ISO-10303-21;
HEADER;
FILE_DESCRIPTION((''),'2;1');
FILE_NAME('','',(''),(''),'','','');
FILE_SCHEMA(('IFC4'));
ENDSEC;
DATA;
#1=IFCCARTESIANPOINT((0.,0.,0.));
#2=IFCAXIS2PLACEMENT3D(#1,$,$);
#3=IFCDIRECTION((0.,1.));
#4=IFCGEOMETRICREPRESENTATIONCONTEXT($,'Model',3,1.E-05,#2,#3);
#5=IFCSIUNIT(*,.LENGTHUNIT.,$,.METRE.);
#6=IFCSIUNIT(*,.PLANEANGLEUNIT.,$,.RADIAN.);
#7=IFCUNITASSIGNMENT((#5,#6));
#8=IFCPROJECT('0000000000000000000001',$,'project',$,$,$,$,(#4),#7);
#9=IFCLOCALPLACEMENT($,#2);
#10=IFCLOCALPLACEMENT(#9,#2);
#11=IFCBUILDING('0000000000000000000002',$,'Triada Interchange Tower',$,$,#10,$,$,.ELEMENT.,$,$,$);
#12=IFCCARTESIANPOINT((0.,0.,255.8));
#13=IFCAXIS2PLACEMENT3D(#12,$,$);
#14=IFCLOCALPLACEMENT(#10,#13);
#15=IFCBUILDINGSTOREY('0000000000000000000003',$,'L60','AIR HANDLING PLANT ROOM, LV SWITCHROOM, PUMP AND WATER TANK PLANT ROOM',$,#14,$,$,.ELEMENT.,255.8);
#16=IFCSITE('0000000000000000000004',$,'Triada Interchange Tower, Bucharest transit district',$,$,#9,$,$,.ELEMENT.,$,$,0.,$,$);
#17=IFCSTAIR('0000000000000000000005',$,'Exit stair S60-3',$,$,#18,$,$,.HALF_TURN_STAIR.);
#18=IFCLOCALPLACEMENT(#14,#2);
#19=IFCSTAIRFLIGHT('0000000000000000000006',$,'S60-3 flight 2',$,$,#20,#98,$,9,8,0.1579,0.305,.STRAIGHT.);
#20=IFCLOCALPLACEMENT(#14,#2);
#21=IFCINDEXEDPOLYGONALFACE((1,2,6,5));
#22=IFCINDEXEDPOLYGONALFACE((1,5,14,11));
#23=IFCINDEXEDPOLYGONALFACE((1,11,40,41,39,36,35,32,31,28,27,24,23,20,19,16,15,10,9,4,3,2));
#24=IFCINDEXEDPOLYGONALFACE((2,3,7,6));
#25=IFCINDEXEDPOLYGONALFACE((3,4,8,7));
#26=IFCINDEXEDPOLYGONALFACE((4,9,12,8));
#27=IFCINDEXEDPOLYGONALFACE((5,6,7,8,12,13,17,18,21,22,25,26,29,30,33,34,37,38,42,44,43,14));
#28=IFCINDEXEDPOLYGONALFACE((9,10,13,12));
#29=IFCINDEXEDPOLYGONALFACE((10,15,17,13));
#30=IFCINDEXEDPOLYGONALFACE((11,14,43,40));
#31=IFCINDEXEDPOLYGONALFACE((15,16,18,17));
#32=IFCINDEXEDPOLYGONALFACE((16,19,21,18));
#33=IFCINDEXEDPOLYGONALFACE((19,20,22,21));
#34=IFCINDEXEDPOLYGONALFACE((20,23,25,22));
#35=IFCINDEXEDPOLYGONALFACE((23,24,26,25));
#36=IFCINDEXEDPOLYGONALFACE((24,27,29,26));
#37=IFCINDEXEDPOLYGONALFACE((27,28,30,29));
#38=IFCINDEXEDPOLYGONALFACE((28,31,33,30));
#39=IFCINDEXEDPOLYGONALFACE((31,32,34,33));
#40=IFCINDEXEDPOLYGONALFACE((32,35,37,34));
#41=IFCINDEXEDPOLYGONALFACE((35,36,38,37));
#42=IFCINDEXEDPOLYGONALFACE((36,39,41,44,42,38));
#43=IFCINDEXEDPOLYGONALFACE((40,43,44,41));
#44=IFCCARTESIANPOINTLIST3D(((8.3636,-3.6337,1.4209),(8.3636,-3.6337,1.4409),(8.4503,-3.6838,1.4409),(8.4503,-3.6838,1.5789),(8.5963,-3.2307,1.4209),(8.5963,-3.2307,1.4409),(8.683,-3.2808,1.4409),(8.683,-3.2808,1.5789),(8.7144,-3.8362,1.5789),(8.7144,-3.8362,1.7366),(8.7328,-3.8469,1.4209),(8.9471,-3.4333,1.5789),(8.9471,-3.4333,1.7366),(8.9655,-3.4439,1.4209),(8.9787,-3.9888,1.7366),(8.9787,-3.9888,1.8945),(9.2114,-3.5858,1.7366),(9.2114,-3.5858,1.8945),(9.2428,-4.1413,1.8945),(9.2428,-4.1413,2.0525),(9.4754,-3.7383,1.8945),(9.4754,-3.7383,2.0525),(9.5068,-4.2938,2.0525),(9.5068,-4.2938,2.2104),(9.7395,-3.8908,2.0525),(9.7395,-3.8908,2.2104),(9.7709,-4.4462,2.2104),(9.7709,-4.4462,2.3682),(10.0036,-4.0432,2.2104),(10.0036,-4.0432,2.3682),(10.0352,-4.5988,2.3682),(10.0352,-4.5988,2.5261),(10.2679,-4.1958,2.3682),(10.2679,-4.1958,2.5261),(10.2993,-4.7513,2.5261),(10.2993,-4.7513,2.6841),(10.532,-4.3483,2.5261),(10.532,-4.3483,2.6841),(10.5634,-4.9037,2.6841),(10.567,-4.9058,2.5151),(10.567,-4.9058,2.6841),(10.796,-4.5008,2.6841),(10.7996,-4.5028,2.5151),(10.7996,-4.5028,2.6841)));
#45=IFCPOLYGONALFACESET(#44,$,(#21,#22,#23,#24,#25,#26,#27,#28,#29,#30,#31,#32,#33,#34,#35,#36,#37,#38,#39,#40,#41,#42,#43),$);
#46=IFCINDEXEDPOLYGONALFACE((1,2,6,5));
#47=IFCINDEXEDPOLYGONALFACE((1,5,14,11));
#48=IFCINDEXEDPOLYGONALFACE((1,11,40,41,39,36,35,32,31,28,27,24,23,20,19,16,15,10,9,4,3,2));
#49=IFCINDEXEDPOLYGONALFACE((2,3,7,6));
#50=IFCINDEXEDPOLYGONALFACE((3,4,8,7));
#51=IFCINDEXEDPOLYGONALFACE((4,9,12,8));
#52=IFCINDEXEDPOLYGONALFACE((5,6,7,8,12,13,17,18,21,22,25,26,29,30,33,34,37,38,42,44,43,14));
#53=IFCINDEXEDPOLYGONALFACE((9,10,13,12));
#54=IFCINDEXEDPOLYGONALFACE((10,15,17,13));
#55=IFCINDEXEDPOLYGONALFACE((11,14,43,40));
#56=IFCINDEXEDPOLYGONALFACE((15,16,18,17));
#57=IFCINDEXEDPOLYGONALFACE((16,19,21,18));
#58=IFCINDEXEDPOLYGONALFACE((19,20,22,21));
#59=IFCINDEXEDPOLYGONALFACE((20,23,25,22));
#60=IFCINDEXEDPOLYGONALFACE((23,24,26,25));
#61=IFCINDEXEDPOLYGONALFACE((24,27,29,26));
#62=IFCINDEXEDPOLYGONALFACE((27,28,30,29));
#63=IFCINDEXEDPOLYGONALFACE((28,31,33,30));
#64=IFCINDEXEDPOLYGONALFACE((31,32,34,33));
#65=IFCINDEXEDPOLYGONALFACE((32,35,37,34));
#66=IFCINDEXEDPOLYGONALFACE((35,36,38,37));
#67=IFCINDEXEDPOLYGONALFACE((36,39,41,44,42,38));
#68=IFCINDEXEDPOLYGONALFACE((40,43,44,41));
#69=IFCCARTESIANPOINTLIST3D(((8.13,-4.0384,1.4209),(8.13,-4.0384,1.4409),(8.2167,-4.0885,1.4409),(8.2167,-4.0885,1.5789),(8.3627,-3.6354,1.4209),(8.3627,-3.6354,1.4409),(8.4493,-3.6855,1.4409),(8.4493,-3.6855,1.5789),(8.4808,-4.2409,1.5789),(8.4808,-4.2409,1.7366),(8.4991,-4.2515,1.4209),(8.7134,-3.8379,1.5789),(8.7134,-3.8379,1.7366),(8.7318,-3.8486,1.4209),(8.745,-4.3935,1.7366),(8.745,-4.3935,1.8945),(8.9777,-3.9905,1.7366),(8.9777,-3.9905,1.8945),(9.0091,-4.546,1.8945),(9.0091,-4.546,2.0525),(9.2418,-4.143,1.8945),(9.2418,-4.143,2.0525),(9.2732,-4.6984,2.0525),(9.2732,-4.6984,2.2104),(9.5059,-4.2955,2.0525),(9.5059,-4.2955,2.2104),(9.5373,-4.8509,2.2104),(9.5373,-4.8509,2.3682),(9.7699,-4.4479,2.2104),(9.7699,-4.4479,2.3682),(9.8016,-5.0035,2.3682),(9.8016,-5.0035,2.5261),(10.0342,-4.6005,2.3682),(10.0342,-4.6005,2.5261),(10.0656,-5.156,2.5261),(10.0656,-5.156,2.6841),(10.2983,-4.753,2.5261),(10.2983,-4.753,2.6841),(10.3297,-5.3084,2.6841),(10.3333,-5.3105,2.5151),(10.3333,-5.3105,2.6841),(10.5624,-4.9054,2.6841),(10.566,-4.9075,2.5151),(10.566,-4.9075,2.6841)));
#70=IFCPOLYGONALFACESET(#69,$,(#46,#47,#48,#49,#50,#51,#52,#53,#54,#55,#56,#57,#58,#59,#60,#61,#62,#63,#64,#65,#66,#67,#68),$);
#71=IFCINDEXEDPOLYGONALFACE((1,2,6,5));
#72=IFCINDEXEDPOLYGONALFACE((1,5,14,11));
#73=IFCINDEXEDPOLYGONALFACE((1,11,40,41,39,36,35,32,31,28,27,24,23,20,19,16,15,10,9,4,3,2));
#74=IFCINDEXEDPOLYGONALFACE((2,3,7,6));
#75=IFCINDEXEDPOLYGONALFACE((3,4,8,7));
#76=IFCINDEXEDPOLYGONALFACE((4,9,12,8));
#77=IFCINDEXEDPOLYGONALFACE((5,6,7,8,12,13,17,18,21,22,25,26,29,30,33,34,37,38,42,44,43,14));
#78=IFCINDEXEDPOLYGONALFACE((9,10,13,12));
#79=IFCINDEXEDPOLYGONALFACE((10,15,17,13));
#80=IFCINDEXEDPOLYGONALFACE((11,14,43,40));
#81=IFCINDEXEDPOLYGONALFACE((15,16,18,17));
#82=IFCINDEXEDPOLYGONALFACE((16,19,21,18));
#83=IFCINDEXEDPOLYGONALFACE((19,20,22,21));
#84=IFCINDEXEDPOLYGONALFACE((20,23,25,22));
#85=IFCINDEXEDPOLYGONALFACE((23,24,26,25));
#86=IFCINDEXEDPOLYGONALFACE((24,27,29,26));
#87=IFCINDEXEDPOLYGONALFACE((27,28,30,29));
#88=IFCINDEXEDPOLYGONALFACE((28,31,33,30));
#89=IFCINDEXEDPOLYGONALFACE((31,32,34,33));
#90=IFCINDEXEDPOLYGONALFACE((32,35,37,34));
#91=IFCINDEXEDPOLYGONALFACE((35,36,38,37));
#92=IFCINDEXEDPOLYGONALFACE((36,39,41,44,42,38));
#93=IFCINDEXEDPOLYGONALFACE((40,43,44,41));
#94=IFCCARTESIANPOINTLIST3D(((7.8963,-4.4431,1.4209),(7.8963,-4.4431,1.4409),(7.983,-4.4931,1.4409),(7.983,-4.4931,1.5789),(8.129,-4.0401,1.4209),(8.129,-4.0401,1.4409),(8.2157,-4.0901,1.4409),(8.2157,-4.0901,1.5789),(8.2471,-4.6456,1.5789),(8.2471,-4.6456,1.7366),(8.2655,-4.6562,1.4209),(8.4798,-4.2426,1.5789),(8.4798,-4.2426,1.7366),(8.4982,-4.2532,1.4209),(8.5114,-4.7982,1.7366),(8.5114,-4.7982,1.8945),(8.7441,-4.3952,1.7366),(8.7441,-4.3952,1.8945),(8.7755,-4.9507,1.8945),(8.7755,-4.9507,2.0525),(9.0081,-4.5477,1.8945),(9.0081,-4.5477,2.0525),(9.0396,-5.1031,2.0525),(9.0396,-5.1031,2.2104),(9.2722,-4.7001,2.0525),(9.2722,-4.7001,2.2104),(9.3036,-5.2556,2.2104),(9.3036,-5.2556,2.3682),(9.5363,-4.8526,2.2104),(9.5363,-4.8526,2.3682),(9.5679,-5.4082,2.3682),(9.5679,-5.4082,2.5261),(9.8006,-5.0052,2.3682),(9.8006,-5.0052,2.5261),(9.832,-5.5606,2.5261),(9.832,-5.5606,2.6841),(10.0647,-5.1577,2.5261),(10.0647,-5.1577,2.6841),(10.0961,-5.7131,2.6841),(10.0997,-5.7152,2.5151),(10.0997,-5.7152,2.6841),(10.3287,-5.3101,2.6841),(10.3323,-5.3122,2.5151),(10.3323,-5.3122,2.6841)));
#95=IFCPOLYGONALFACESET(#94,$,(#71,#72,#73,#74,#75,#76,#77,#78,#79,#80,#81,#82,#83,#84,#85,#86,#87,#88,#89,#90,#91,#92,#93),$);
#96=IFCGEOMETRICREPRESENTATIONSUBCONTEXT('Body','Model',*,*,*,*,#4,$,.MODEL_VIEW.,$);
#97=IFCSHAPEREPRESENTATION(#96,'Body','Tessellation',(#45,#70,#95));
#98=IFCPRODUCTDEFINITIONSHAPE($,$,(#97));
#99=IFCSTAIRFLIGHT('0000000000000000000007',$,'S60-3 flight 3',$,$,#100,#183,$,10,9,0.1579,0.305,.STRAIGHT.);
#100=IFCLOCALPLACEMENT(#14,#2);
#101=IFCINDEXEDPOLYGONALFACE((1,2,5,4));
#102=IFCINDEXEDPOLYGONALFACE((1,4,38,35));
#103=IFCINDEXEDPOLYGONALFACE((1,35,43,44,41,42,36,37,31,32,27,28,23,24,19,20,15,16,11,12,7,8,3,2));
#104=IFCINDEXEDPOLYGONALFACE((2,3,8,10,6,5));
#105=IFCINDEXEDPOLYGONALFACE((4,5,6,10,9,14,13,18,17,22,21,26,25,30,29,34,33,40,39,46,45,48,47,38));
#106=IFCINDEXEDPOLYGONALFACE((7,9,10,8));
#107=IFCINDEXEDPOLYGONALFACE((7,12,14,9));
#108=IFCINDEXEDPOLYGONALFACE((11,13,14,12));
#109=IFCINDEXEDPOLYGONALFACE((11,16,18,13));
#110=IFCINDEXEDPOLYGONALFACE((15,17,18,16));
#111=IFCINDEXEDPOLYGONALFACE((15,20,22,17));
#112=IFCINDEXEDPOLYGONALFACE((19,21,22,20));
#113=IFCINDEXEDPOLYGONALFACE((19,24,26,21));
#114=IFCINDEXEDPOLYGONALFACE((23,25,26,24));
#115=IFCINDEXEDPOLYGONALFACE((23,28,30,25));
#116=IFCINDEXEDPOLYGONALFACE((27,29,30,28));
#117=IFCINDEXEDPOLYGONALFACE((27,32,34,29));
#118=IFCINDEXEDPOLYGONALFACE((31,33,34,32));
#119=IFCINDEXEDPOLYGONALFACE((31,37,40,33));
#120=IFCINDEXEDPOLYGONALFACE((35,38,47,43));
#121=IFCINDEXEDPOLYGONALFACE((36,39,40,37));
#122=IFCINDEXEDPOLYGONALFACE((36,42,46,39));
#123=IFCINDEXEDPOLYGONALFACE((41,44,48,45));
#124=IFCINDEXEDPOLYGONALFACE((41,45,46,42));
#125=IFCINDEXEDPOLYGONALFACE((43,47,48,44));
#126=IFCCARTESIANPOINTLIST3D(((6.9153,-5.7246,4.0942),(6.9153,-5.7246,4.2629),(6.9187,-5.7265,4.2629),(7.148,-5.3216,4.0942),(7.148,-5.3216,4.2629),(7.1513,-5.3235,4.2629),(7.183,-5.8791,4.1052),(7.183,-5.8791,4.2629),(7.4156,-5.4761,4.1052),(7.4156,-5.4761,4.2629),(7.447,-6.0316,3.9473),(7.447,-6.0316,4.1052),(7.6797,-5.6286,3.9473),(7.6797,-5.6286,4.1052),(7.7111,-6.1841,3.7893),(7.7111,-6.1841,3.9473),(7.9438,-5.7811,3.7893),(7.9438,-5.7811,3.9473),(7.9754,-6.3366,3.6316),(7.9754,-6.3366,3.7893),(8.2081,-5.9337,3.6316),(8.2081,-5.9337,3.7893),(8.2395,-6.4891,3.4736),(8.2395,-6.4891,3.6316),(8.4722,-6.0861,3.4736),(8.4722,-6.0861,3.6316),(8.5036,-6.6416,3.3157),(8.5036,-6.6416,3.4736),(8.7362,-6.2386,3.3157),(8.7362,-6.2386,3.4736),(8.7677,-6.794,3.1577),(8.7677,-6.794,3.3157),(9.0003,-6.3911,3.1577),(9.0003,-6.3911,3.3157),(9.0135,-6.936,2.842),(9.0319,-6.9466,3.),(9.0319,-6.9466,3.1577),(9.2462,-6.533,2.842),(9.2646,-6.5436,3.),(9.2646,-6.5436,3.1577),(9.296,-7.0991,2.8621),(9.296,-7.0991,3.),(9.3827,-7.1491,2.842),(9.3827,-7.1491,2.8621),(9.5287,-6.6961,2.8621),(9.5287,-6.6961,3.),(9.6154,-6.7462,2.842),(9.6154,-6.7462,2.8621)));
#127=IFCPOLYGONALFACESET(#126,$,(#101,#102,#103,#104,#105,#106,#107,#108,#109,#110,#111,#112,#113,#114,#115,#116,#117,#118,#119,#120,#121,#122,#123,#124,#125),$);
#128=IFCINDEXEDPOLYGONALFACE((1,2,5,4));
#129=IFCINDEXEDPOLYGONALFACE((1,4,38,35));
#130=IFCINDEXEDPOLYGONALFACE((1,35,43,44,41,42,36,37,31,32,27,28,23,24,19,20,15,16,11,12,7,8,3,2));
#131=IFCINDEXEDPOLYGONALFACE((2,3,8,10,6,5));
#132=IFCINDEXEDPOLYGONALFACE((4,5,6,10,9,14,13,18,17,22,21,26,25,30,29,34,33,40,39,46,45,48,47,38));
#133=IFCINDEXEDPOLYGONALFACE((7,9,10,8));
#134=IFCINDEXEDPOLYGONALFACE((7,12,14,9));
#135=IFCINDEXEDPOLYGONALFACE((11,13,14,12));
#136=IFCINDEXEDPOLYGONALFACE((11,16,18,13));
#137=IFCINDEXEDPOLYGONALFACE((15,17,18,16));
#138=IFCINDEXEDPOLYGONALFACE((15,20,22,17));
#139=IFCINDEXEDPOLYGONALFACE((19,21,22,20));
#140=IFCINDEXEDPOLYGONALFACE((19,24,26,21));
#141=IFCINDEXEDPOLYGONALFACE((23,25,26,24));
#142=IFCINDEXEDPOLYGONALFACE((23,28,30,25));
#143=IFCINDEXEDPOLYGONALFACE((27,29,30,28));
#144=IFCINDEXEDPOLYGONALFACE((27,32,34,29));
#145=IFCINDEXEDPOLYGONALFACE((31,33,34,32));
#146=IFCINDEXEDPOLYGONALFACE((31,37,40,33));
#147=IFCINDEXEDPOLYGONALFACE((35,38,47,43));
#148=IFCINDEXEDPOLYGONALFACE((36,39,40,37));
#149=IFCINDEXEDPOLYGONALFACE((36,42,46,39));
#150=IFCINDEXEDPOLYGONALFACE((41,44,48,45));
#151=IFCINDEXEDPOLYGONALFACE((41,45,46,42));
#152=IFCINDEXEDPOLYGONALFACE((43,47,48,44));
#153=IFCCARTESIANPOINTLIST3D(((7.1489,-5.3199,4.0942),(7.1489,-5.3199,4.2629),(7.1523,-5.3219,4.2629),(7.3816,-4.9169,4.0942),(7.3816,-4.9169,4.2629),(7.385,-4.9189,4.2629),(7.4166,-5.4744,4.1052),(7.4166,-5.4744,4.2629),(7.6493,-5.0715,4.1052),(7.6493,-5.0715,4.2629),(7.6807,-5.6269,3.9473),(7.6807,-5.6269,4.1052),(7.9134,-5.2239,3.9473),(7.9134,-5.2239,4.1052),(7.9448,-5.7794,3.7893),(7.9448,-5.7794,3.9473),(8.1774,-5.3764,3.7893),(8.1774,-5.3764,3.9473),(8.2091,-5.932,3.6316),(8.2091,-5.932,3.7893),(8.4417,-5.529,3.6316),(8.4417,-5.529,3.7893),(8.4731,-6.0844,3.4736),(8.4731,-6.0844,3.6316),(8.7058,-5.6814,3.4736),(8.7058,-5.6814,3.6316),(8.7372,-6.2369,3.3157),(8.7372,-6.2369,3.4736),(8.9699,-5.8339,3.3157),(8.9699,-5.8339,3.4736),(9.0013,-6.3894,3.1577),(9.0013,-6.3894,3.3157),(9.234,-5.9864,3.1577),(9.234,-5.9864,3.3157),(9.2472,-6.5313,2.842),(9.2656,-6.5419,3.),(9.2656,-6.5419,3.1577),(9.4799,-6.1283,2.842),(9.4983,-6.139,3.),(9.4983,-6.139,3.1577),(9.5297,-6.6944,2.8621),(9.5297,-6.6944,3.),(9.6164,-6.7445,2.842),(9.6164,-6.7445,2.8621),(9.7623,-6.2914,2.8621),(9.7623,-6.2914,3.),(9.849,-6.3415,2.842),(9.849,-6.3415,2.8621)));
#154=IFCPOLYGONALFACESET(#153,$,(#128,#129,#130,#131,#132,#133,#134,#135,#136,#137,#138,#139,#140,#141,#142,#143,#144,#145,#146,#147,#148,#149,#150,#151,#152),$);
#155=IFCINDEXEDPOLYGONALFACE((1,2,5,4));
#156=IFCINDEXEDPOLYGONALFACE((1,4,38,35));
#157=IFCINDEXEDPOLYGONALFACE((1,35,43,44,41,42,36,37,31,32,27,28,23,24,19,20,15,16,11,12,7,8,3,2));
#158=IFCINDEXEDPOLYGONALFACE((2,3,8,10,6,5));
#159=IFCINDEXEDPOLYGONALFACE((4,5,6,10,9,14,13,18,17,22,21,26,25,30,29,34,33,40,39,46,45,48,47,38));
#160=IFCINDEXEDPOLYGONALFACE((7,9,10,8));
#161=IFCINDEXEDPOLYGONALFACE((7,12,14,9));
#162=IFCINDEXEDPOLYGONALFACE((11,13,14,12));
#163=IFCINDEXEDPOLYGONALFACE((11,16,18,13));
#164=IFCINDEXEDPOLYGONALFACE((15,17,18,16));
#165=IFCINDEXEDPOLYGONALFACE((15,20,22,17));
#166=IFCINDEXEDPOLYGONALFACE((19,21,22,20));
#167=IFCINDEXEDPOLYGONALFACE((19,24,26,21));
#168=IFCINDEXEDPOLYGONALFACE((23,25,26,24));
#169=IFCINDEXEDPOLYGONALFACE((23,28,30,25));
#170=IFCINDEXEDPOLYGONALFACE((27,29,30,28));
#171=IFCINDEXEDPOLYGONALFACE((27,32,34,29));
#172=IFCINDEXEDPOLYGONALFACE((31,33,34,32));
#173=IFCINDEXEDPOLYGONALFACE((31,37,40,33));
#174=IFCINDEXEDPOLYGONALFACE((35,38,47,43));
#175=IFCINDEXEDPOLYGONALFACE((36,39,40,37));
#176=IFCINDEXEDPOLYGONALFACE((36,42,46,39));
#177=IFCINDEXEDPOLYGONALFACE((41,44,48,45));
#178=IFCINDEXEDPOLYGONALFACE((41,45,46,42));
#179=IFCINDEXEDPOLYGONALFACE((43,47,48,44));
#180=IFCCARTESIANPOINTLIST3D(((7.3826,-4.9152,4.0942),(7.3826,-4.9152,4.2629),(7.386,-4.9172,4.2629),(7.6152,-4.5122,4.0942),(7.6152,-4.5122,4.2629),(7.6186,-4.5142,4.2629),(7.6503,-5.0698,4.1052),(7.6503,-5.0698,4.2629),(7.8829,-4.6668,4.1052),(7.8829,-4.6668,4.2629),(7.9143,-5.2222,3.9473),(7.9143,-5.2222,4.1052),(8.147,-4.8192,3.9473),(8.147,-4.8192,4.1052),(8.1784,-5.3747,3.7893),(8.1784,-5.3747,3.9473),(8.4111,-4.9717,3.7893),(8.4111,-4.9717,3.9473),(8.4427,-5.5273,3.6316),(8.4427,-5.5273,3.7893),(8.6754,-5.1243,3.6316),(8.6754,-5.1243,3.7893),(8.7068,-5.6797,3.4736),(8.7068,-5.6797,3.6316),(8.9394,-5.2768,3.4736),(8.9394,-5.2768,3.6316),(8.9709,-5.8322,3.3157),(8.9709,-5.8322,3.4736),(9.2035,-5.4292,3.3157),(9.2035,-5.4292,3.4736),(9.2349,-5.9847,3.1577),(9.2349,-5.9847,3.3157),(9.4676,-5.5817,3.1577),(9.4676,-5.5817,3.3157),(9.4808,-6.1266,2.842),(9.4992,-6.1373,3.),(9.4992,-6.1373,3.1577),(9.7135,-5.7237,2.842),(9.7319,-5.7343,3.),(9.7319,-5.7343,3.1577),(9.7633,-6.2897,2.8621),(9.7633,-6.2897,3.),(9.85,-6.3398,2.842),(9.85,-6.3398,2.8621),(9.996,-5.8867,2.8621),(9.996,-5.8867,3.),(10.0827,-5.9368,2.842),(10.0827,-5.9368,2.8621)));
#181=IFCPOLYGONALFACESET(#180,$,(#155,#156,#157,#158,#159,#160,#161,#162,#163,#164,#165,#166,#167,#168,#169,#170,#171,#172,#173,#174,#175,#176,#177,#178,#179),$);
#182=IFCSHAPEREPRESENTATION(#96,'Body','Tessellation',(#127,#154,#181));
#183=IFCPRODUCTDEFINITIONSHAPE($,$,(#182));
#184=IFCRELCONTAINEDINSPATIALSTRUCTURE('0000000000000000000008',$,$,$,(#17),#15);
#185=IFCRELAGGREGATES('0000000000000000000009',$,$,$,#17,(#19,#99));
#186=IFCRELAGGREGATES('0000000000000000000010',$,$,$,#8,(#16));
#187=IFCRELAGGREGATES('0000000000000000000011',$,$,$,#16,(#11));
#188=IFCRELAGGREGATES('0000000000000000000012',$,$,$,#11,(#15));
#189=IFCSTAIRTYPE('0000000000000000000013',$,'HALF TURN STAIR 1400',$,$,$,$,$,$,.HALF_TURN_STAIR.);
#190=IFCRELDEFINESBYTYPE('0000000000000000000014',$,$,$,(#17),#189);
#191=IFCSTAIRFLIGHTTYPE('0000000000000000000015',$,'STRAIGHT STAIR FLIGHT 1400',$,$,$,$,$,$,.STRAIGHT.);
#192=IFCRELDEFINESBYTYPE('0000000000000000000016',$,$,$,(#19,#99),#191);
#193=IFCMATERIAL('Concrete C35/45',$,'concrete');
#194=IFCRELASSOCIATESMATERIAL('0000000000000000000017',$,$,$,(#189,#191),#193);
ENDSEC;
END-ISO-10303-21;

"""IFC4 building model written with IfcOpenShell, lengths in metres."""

from ifc_helpers import new_model, si_unit, direction, frame, origin, place, context, subcontext, project, spatial, polyline, outline, extrude, material, type_object, element, aggregate, save


model = new_model("IFC4")

# Units and contexts
model_context = context("Model", 3, precision=1e-05, world=origin(), true_north=direction((0.0, 1.0)))
body_context = subcontext(model_context, "Body", "Model", "MODEL_VIEW")
ifc_project = project(units=[si_unit("LENGTHUNIT", "METRE"), si_unit("PLANEANGLEUNIT", "RADIAN")], contexts=[model_context])

# Site, building, storey
site_placement = place(None, origin())
site = spatial("IfcSite", under=ifc_project, at=site_placement, Name="Triada Interchange Tower, Bucharest transit district", CompositionType="ELEMENT", RefElevation=0.0)
building_placement = place(site_placement, origin())
building = spatial("IfcBuilding", under=site, at=building_placement, Name="Triada Interchange Tower", CompositionType="ELEMENT")
storey_placement = place(building_placement, frame((0.0, 0.0, 255.8)))
storey = spatial("IfcBuildingStorey", under=building, at=storey_placement, Name="L60", Description="AIR HANDLING PLANT ROOM, LV SWITCHROOM, PUMP AND WATER TANK PLANT ROOM", CompositionType="ELEMENT", Elevation=255.8)

# Stair, stair flights
ifc_material_1 = material(Name="Concrete C35/45", Category="concrete")
stair_type = type_object("IfcStairType", Name="HALF TURN STAIR 1400", PredefinedType="HALF_TURN_STAIR", material=ifc_material_1)
stair_placement = place(storey_placement, origin())
stair = element("IfcStair", 1, at=stair_placement, inside=storey, type_object=stair_type, Name="Exit stair S60-3", PredefinedType="HALF_TURN_STAIR")
stair_flight_type = type_object("IfcStairFlightType", Name="STRAIGHT STAIR FLIGHT 1400", PredefinedType="STRAIGHT", material=ifc_material_1)
stair_flight_1_placement = place(storey_placement, frame((8.333, -3.887, 1.4209), z_axis=(0.0, 0.0, 1.0), x_axis=(0.866025, -0.5, 0.0)))
stair_flight_1 = element("IfcStairFlight", 2, at=stair_flight_1_placement, type_object=stair_flight_type, Name="S60-3 flight 2", NumberOfRisers=9, NumberOfTreads=8, PredefinedType="STRAIGHT", RiserHeight=0.1579, TreadLength=0.305, context=body_context, shape_type="SweptSolid", body=[
    extrude(outline(polyline([(-0.1001, 0.0), (-0.1001, 0.02), (0.0, 0.02), (0.0, 0.158), (0.3049, 0.158), (0.3049, 0.3157), (0.6101, 0.3157), (0.6101, 0.4736), (0.915, 0.4736), (0.915, 0.6316), (1.22, 0.6316), (1.22, 0.7896), (1.5249, 0.7896), (1.5249, 0.9473), (1.8301, 0.9473), (1.8301, 1.1052), (2.135, 1.1052), (2.135, 1.2632), (2.4399, 1.2632), (2.4441, 1.2632), (2.4441, 1.4209), (2.4441, 1.0942), (0.3262, 0.0), (-0.1001, 0.0)])), frame((0.0, 0.7, 0.0), z_axis=(0.0, -1.0, 0.0), x_axis=(1.0, 0.0, 0.0)), (0.0, 0.0, 1.0), 0.4653),
    extrude(outline(polyline([(-0.1001, 0.0), (-0.1001, 0.02), (0.0, 0.02), (0.0, 0.158), (0.3049, 0.158), (0.3049, 0.3157), (0.6101, 0.3157), (0.6101, 0.4736), (0.915, 0.4736), (0.915, 0.6316), (1.22, 0.6316), (1.22, 0.7896), (1.5249, 0.7896), (1.5249, 0.9473), (1.8301, 0.9473), (1.8301, 1.1052), (2.135, 1.1052), (2.135, 1.2632), (2.4399, 1.2632), (2.4441, 1.2632), (2.4441, 1.4209), (2.4441, 1.0942), (0.3262, 0.0), (-0.1001, 0.0)])), frame((0.0, 0.2327, 0.0), z_axis=(0.0, -1.0, 0.0), x_axis=(1.0, 0.0, 0.0)), (0.0, 0.0, 1.0), 0.4653),
    extrude(outline(polyline([(-0.1001, 0.0), (-0.1001, 0.02), (0.0, 0.02), (0.0, 0.158), (0.3049, 0.158), (0.3049, 0.3157), (0.6101, 0.3157), (0.6101, 0.4736), (0.915, 0.4736), (0.915, 0.6316), (1.22, 0.6316), (1.22, 0.7896), (1.5249, 0.7896), (1.5249, 0.9473), (1.8301, 0.9473), (1.8301, 1.1052), (2.135, 1.1052), (2.135, 1.2632), (2.4399, 1.2632), (2.4441, 1.2632), (2.4441, 1.4209), (2.4441, 1.0942), (0.3262, 0.0), (-0.1001, 0.0)])), frame((0.0, -0.2346, 0.0), z_axis=(0.0, -1.0, 0.0), x_axis=(1.0, 0.0, 0.0)), (0.0, 0.0, 1.0), 0.4653),
])
stair_flight_2_placement = place(storey_placement, frame((9.646, -6.4929, 2.842), z_axis=(0.0, 0.0, 1.0), x_axis=(-0.866025, 0.5, 0.0)))
stair_flight_2 = element("IfcStairFlight", 3, at=stair_flight_2_placement, type_object=stair_flight_type, Name="S60-3 flight 3", NumberOfRisers=10, NumberOfTreads=9, PredefinedType="STRAIGHT", RiserHeight=0.1579, TreadLength=0.305, context=body_context, shape_type="SweptSolid", body=[
    extrude(outline(polyline([(-0.1001, 0.0), (-0.1001, 0.02), (0.0, 0.02), (0.0, 0.158), (0.3049, 0.158), (0.3049, 0.3157), (0.6101, 0.3157), (0.6101, 0.4736), (0.915, 0.4736), (0.915, 0.6316), (1.22, 0.6316), (1.22, 0.7896), (1.5249, 0.7896), (1.5249, 0.9473), (1.8301, 0.9473), (1.8301, 1.1052), (2.135, 1.1052), (2.135, 1.2632), (2.4399, 1.2632), (2.4399, 1.4209), (2.7451, 1.4209), (2.749, 1.4209), (2.749, 1.5789), (2.749, 1.2522), (0.3262, 0.0), (-0.1001, 0.0)])), frame((0.0, 0.7, 0.0), z_axis=(0.0, -1.0, 0.0), x_axis=(1.0, 0.0, 0.0)), (0.0, 0.0, 1.0), 0.4653),
    extrude(outline(polyline([(-0.1001, 0.0), (-0.1001, 0.02), (0.0, 0.02), (0.0, 0.158), (0.3049, 0.158), (0.3049, 0.3157), (0.6101, 0.3157), (0.6101, 0.4736), (0.915, 0.4736), (0.915, 0.6316), (1.22, 0.6316), (1.22, 0.7896), (1.5249, 0.7896), (1.5249, 0.9473), (1.8301, 0.9473), (1.8301, 1.1052), (2.135, 1.1052), (2.135, 1.2632), (2.4399, 1.2632), (2.4399, 1.4209), (2.7451, 1.4209), (2.749, 1.4209), (2.749, 1.5789), (2.749, 1.2522), (0.3262, 0.0), (-0.1001, 0.0)])), frame((0.0, 0.2327, 0.0), z_axis=(0.0, -1.0, 0.0), x_axis=(1.0, 0.0, 0.0)), (0.0, 0.0, 1.0), 0.4653),
    extrude(outline(polyline([(-0.1001, 0.0), (-0.1001, 0.02), (0.0, 0.02), (0.0, 0.158), (0.3049, 0.158), (0.3049, 0.3157), (0.6101, 0.3157), (0.6101, 0.4736), (0.915, 0.4736), (0.915, 0.6316), (1.22, 0.6316), (1.22, 0.7896), (1.5249, 0.7896), (1.5249, 0.9473), (1.8301, 0.9473), (1.8301, 1.1052), (2.135, 1.1052), (2.135, 1.2632), (2.4399, 1.2632), (2.4399, 1.4209), (2.7451, 1.4209), (2.749, 1.4209), (2.749, 1.5789), (2.749, 1.2522), (0.3262, 0.0), (-0.1001, 0.0)])), frame((0.0, -0.2346, 0.0), z_axis=(0.0, -1.0, 0.0), x_axis=(1.0, 0.0, 0.0)), (0.0, 0.0, 1.0), 0.4653),
])
aggregate(stair, [stair_flight_1, stair_flight_2])

save(model, "model.ifc")
